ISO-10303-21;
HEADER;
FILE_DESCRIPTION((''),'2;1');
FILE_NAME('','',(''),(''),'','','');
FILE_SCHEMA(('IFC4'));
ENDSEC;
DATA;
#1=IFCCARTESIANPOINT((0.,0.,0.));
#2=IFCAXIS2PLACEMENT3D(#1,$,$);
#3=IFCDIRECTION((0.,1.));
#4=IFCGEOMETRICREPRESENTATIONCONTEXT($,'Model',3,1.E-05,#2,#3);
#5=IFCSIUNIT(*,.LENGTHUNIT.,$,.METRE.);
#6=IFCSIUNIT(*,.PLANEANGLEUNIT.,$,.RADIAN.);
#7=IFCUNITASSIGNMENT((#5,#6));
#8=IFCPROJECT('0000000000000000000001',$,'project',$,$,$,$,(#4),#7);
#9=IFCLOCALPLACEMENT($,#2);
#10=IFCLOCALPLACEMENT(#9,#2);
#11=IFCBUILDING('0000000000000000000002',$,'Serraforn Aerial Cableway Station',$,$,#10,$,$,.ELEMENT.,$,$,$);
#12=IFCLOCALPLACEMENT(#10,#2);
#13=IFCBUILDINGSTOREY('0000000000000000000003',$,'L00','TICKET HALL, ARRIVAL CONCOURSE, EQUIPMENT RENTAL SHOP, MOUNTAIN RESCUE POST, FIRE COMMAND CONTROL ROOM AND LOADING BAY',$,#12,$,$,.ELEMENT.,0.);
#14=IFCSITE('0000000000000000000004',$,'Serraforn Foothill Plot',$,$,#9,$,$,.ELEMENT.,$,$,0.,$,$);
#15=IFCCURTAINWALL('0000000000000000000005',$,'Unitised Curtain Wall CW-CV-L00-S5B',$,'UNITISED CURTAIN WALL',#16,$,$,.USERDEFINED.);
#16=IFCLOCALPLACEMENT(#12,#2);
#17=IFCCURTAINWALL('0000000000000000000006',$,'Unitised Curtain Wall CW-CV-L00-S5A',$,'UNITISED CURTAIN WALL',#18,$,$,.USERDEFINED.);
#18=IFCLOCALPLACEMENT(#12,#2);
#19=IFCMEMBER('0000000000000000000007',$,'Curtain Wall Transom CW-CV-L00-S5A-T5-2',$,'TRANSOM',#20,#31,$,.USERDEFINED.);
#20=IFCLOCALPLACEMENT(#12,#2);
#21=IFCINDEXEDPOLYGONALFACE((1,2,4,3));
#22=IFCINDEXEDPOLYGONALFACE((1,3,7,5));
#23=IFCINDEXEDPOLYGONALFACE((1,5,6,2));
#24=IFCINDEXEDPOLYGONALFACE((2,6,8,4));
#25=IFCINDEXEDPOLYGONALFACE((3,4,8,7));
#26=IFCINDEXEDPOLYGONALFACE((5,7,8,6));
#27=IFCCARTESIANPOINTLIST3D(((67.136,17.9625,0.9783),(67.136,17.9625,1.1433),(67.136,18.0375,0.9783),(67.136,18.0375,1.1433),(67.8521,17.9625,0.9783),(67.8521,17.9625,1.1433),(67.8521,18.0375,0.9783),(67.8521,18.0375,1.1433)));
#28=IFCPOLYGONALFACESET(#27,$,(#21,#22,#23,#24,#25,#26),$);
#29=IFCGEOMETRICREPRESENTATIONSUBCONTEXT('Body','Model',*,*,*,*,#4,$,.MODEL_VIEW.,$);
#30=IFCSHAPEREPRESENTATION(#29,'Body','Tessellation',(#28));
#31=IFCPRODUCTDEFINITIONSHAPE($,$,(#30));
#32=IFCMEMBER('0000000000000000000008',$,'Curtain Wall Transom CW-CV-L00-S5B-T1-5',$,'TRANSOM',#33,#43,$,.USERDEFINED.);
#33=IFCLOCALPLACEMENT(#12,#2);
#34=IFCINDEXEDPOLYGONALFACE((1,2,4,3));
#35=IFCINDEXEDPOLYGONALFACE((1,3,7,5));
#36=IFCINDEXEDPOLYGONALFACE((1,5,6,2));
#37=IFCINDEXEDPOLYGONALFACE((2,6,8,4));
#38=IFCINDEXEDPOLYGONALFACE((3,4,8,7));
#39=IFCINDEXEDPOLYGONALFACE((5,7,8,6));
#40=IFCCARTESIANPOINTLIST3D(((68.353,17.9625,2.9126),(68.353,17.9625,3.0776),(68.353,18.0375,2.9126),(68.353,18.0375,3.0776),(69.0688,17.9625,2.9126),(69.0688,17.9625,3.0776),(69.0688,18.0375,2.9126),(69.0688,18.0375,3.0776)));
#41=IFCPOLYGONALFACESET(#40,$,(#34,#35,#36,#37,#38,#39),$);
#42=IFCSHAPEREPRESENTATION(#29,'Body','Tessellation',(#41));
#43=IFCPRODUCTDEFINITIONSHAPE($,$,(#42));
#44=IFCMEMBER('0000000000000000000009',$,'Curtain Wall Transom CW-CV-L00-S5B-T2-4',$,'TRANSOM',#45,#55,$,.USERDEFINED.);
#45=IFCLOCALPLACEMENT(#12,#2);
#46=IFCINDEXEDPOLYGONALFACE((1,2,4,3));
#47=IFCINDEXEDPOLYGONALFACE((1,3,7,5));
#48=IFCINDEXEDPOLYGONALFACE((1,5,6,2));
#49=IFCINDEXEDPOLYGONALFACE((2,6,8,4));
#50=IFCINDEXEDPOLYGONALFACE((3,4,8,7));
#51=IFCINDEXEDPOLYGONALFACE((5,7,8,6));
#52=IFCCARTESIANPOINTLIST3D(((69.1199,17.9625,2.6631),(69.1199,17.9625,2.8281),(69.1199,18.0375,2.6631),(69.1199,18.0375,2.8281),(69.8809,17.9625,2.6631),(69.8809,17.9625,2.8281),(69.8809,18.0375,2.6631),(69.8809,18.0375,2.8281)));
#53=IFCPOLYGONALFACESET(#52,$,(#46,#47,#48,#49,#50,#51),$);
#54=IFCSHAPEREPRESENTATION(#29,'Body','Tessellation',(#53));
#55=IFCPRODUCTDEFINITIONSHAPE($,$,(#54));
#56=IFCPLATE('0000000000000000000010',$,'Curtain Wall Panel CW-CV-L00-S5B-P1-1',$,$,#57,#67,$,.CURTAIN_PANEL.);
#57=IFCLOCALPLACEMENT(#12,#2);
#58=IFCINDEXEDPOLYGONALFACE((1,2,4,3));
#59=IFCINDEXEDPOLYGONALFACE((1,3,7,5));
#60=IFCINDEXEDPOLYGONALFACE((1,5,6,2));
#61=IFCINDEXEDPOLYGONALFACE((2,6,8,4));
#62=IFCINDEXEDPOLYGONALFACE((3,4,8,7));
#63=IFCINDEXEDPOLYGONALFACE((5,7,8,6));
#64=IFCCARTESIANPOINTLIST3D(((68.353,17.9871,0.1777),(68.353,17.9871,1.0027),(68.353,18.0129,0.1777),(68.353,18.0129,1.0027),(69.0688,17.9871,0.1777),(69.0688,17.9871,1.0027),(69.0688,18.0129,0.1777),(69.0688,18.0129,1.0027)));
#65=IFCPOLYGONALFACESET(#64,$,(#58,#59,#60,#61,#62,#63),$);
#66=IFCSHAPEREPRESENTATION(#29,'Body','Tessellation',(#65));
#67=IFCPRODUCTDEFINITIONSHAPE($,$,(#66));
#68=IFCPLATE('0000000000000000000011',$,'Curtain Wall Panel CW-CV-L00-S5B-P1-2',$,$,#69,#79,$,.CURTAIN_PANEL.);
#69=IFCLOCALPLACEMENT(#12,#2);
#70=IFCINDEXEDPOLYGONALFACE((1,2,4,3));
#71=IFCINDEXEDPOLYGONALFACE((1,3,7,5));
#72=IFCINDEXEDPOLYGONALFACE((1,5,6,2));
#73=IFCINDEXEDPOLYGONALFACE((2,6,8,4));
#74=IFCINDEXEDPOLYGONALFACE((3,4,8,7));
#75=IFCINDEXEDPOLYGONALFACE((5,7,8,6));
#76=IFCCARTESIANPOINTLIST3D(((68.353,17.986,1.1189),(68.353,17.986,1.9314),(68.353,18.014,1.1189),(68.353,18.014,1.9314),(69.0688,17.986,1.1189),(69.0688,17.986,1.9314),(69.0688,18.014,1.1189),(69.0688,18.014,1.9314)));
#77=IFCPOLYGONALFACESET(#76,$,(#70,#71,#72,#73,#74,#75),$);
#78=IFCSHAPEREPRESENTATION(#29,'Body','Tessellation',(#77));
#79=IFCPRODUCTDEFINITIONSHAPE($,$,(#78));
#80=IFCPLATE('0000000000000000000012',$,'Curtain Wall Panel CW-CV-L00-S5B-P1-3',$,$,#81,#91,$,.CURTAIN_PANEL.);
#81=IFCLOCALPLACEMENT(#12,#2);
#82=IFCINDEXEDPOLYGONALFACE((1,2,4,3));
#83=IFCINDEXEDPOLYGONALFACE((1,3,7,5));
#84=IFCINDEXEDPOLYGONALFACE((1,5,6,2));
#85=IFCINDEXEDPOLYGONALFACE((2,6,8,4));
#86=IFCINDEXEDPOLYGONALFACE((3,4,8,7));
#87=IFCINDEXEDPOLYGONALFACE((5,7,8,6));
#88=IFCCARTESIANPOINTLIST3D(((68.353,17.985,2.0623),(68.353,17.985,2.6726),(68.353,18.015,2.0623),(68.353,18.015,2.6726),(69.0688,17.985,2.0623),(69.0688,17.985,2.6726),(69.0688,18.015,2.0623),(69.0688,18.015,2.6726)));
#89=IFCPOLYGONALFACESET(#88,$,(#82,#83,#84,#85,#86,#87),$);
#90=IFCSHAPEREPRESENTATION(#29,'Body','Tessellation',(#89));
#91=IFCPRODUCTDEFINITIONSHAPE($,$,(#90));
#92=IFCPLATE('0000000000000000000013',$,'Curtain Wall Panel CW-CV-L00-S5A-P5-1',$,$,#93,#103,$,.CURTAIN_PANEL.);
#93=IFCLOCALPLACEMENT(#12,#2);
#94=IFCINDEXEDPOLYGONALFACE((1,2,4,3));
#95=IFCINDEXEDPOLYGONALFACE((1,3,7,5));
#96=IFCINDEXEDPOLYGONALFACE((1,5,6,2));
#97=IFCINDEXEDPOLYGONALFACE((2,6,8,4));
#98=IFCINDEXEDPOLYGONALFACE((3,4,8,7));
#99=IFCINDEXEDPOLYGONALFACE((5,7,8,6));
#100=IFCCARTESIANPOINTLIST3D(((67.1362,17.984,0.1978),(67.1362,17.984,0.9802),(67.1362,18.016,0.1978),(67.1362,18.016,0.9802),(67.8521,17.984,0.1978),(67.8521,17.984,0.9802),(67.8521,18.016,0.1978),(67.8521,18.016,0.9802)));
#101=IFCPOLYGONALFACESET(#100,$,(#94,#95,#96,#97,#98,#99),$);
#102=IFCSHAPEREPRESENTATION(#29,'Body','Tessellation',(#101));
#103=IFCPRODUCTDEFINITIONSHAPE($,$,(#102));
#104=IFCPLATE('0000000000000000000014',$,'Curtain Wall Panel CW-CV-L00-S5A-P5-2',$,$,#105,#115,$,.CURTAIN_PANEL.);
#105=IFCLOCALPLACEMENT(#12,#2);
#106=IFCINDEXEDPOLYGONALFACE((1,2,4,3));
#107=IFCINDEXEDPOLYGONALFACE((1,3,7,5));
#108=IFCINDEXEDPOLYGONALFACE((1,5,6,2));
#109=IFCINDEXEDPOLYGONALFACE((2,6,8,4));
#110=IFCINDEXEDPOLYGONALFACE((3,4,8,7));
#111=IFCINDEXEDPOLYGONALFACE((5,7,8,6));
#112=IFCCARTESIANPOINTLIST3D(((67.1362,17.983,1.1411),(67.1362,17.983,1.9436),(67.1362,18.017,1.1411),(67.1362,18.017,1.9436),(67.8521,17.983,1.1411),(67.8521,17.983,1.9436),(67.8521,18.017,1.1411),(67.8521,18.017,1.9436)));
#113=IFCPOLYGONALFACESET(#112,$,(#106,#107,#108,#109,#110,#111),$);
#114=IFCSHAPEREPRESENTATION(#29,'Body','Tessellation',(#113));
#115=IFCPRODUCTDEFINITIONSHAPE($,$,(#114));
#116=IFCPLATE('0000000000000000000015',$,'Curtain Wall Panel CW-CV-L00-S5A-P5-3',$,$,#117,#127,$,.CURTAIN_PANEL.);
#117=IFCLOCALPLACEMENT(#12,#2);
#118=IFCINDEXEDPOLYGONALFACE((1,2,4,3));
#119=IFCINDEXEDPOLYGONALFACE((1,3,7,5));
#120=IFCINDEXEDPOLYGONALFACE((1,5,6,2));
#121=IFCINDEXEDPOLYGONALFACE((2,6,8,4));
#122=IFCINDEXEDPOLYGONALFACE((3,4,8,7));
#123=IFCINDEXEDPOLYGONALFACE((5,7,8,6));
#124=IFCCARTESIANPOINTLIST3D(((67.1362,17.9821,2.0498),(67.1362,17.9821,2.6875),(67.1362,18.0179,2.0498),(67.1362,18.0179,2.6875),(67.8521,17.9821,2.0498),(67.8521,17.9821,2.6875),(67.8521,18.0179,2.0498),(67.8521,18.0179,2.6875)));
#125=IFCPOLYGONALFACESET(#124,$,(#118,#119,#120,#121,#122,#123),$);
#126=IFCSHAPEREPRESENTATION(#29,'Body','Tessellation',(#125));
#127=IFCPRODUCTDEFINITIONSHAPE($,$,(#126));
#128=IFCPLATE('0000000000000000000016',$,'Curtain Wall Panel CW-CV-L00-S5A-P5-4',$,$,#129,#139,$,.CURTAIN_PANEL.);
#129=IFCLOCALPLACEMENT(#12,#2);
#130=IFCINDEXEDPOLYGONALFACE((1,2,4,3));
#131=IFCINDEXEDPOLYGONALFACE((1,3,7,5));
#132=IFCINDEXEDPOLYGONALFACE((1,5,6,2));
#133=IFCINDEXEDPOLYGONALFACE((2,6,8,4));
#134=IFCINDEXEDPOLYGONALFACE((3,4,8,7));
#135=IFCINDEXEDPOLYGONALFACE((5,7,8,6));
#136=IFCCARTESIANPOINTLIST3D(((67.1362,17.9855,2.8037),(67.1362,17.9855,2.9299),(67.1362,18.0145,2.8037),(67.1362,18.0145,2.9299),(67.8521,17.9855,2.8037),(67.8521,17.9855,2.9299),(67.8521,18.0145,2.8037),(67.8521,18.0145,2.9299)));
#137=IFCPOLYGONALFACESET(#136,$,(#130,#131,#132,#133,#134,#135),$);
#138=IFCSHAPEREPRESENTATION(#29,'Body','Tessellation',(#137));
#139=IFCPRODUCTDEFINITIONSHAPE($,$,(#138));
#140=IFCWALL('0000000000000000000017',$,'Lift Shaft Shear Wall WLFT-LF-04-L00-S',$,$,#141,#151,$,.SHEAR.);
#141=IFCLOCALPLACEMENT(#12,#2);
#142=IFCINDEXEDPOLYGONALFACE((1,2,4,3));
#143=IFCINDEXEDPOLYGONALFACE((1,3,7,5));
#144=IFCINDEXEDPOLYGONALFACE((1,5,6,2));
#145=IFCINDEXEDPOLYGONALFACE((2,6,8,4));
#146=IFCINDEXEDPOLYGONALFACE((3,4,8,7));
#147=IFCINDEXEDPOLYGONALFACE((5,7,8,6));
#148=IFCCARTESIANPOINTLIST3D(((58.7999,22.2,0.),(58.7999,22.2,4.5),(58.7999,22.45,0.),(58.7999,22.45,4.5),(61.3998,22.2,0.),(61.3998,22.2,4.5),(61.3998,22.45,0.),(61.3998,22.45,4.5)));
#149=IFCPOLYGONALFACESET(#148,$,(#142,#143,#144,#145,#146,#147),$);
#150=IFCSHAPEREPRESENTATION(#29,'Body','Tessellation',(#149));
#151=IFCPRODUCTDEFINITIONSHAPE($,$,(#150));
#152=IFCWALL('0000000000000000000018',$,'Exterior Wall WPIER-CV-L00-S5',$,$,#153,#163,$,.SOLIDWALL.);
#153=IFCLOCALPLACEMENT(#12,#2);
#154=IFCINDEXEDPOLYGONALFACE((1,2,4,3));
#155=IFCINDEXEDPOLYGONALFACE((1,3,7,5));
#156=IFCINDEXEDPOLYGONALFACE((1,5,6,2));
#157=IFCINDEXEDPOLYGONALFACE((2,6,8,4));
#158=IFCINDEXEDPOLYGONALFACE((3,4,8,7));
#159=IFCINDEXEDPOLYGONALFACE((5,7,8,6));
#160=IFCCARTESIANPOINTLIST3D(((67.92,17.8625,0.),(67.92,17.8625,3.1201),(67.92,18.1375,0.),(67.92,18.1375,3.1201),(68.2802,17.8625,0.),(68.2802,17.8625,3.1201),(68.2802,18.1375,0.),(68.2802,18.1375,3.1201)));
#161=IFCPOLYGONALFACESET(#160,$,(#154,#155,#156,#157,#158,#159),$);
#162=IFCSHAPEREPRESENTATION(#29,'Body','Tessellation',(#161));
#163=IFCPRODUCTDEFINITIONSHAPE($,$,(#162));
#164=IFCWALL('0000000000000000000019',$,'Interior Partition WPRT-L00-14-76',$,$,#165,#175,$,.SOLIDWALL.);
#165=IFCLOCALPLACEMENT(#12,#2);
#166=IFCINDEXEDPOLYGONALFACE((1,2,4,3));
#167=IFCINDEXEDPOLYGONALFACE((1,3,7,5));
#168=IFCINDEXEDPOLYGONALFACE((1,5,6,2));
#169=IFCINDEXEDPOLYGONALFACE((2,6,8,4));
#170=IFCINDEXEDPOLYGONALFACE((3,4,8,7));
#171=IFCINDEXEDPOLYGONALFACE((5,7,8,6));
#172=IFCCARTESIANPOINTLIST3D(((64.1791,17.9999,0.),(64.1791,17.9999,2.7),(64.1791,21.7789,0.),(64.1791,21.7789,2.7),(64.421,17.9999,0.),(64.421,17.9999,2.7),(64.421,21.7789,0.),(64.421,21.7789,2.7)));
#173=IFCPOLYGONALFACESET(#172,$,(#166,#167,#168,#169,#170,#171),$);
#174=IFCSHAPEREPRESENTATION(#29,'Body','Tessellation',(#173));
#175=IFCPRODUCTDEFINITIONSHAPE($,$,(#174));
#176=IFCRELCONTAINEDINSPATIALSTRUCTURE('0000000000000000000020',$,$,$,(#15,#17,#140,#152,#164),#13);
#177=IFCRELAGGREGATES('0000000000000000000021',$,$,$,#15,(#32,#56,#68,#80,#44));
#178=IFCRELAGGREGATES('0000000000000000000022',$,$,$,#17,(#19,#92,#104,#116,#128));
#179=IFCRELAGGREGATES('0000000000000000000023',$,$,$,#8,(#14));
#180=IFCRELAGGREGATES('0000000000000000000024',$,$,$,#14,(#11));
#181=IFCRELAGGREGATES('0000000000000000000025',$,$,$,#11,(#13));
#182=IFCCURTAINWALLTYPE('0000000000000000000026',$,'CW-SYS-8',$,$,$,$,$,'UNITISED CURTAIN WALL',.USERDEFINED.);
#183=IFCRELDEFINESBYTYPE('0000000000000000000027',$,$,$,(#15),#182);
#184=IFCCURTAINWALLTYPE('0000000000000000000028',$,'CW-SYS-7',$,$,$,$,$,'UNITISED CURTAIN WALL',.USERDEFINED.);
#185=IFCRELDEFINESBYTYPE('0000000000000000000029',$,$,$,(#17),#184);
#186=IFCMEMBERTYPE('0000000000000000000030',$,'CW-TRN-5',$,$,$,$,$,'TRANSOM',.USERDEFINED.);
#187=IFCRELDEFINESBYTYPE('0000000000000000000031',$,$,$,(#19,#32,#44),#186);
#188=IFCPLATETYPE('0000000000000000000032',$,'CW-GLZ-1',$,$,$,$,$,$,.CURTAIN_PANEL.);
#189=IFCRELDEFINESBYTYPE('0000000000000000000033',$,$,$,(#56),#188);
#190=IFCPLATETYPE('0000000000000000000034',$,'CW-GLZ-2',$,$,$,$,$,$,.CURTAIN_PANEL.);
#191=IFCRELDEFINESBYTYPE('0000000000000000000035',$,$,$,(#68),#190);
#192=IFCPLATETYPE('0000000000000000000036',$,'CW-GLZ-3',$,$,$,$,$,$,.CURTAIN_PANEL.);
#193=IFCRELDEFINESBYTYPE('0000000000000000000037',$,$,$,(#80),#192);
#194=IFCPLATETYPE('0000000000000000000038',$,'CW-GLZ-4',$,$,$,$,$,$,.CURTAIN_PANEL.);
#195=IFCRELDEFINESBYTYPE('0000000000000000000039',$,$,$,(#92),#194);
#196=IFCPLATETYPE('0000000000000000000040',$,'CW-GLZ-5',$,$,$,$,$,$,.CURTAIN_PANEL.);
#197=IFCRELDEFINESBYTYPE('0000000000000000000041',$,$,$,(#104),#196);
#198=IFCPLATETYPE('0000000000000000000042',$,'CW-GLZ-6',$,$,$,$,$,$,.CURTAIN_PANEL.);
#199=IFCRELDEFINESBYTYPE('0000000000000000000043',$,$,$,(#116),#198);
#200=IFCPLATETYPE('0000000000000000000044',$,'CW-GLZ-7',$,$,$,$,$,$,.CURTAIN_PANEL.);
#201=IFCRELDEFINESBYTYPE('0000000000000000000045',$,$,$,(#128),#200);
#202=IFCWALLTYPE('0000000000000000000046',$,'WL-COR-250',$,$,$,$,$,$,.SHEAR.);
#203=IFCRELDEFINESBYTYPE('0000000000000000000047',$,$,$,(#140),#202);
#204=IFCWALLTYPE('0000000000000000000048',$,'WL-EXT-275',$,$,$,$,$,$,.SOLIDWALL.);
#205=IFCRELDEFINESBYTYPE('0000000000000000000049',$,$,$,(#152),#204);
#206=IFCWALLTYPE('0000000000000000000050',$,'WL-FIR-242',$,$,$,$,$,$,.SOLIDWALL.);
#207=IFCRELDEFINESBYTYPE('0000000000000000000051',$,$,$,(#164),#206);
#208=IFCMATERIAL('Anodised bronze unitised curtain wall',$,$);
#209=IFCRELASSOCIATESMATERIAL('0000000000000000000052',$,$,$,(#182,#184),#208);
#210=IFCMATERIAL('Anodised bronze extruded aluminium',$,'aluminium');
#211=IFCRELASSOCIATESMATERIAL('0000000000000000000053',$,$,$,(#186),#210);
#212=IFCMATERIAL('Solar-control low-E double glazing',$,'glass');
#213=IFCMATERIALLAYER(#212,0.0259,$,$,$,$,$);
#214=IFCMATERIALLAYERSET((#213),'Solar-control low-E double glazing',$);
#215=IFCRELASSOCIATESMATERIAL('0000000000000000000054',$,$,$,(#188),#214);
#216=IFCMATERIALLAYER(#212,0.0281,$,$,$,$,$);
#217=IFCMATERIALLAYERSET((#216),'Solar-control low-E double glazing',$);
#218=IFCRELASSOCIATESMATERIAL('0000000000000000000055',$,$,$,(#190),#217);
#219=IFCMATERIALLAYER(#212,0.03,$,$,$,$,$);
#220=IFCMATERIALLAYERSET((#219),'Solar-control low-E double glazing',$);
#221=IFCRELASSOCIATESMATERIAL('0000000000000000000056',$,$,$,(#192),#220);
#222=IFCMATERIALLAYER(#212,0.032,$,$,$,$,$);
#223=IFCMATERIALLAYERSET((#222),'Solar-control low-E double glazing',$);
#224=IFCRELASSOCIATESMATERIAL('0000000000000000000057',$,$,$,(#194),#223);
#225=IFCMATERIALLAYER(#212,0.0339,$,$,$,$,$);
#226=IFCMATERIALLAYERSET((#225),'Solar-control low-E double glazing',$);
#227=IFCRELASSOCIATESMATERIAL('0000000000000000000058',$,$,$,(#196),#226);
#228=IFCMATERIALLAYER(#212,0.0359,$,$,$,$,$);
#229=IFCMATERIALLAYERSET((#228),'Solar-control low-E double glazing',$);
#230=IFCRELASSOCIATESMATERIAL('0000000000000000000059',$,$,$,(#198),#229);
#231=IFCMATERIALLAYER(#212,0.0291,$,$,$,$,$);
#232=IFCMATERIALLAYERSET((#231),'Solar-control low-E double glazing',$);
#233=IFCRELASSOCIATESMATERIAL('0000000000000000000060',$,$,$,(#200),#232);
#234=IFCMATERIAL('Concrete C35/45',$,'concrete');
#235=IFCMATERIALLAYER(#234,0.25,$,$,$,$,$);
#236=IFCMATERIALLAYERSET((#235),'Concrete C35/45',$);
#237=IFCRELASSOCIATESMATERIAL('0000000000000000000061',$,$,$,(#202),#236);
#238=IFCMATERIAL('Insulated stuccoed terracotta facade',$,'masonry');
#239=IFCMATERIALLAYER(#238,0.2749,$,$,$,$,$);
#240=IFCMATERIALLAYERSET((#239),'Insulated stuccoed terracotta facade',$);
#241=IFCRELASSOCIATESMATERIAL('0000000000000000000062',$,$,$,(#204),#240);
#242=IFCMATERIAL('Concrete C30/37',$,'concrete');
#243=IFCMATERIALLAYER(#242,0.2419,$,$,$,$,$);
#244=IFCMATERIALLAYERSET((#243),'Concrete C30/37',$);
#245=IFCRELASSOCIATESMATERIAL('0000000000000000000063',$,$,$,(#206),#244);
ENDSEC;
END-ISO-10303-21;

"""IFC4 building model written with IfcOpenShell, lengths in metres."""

from ifc_helpers import new_model, si_unit, direction, frame, frame_2d, origin, origin_2d, place, context, subcontext, project, spatial, rectangle, extrude, material, layer, layer_set, material_profile, profile_set, type_object, element, aggregate, save


model = new_model("IFC4")

# Units and contexts
model_context = context("Model", 3, precision=1e-05, world=origin(), true_north=direction((0.0, 1.0)))
body_context = subcontext(model_context, "Body", "Model", "MODEL_VIEW")
ifc_project = project(units=[si_unit("LENGTHUNIT", "METRE"), si_unit("PLANEANGLEUNIT", "RADIAN")], contexts=[model_context])

# Site, building, storey
site_placement = place(None, origin())
site = spatial("IfcSite", under=ifc_project, at=site_placement, Name="Serraforn Foothill Plot", CompositionType="ELEMENT", RefElevation=0.0)
building_placement = place(site_placement, origin())
building = spatial("IfcBuilding", under=site, at=building_placement, Name="Serraforn Aerial Cableway Station", CompositionType="ELEMENT")
storey_placement = place(building_placement, origin())
storey = spatial("IfcBuildingStorey", under=building, at=storey_placement, Name="L00", Description="TICKET HALL, ARRIVAL CONCOURSE, EQUIPMENT RENTAL SHOP, MOUNTAIN RESCUE POST, FIRE COMMAND CONTROL ROOM AND LOADING BAY", CompositionType="ELEMENT", Elevation=0.0)

# Curtain walls
ifc_material_1 = material(Name="Anodised bronze unitised curtain wall")
curtain_wall_type_1 = type_object("IfcCurtainWallType", Name="CW-SYS-8", ElementType="UNITISED CURTAIN WALL", PredefinedType="USERDEFINED", material=ifc_material_1)
curtain_wall_1_placement = place(storey_placement, origin())
curtain_wall_1 = element("IfcCurtainWall", 1, at=curtain_wall_1_placement, inside=storey, type_object=curtain_wall_type_1, Name="Unitised Curtain Wall CW-CV-L00-S5B", ObjectType="UNITISED CURTAIN WALL", PredefinedType="USERDEFINED")
ifc_material_2 = material(Name="Anodised bronze extruded aluminium", Category="aluminium")
curtain_wall_type_2 = type_object("IfcCurtainWallType", Name="CW-SYS-7", ElementType="UNITISED CURTAIN WALL", PredefinedType="USERDEFINED", material=ifc_material_1)
curtain_wall_2_placement = place(storey_placement, origin())
curtain_wall_2 = element("IfcCurtainWall", 2, at=curtain_wall_2_placement, inside=storey, type_object=curtain_wall_type_2, Name="Unitised Curtain Wall CW-CV-L00-S5A", ObjectType="UNITISED CURTAIN WALL", PredefinedType="USERDEFINED")

# Members
ifc_material_profile_1 = material_profile(ifc_material_2, rectangle(XDim=0.075, YDim=0.165, at=origin_2d()), Name="CW TRANSOM 75x165")
ifc_profile_set_1 = profile_set([ifc_material_profile_1], Name="Anodised bronze extruded aluminium")
member_type_1 = type_object("IfcMemberType", Name="CW-TRN-5", ElementType="TRANSOM", PredefinedType="USERDEFINED", material=ifc_profile_set_1)
member_1_placement = place(storey_placement, frame((67.136, 18.0, 1.0608), z_axis=(1.0, 0.0, 0.0), x_axis=(0.0, 1.0, 0.0)))
member_1 = element("IfcMember", 3, at=member_1_placement, type_object=member_type_1, Name="Curtain Wall Transom CW-CV-L00-S5A-T5-2", ObjectType="TRANSOM", PredefinedType="USERDEFINED", context=body_context, shape_type="SweptSolid", body=[
    extrude(rectangle(XDim=0.075, YDim=0.165, at=origin_2d()), origin(), (0.0, 0.0, 1.0), 0.7161),
])
member_2_placement = place(storey_placement, frame((68.353, 18.0, 2.9951), z_axis=(1.0, 0.0, 0.0), x_axis=(0.0, 1.0, 0.0)))
member_2 = element("IfcMember", 4, at=member_2_placement, type_object=member_type_1, Name="Curtain Wall Transom CW-CV-L00-S5B-T1-5", ObjectType="TRANSOM", PredefinedType="USERDEFINED", context=body_context, shape_type="SweptSolid", body=[
    extrude(rectangle(XDim=0.075, YDim=0.165, at=origin_2d()), origin(), (0.0, 0.0, 1.0), 0.7158),
])
member_3_placement = place(storey_placement, frame((69.1199, 18.0, 2.7456), z_axis=(1.0, 0.0, 0.0), x_axis=(0.0, 1.0, 0.0)))
member_3 = element("IfcMember", 5, at=member_3_placement, type_object=member_type_1, Name="Curtain Wall Transom CW-CV-L00-S5B-T2-4", ObjectType="TRANSOM", PredefinedType="USERDEFINED", context=body_context, shape_type="SweptSolid", body=[
    extrude(rectangle(XDim=0.075, YDim=0.165, at=origin_2d()), origin(), (0.0, 0.0, 1.0), 0.761),
])

# Plates
ifc_material_3 = material(Name="Solar-control low-E double glazing", Category="glass")
ifc_layer_1 = layer(ifc_material_3, 0.0259)
ifc_layer_set_1 = layer_set([ifc_layer_1], Name="Solar-control low-E double glazing")
plate_type_1 = type_object("IfcPlateType", Name="CW-GLZ-1", PredefinedType="CURTAIN_PANEL", material=ifc_layer_set_1)
plate_1_placement = place(storey_placement, frame((68.7109, 18.0, 0.1777), z_axis=(0.0, 0.0, 1.0), x_axis=(1.0, 0.0, 0.0)))
plate_1 = element("IfcPlate", 6, at=plate_1_placement, type_object=plate_type_1, Name="Curtain Wall Panel CW-CV-L00-S5B-P1-1", PredefinedType="CURTAIN_PANEL", context=body_context, shape_type="SweptSolid", body=[
    extrude(rectangle(XDim=0.7158, YDim=0.0259, at=origin_2d()), origin(), (0.0, 0.0, 1.0), 0.825),
])
ifc_layer_2 = layer(ifc_material_3, 0.0281)
ifc_layer_set_2 = layer_set([ifc_layer_2], Name="Solar-control low-E double glazing")
plate_type_2 = type_object("IfcPlateType", Name="CW-GLZ-2", PredefinedType="CURTAIN_PANEL", material=ifc_layer_set_2)
plate_2_placement = place(storey_placement, frame((68.7109, 18.0, 1.1189), z_axis=(0.0, 0.0, 1.0), x_axis=(1.0, 0.0, 0.0)))
plate_2 = element("IfcPlate", 7, at=plate_2_placement, type_object=plate_type_2, Name="Curtain Wall Panel CW-CV-L00-S5B-P1-2", PredefinedType="CURTAIN_PANEL", context=body_context, shape_type="SweptSolid", body=[
    extrude(rectangle(XDim=0.7158, YDim=0.0281, at=origin_2d()), origin(), (0.0, 0.0, 1.0), 0.8125),
])
ifc_layer_3 = layer(ifc_material_3, 0.03)
ifc_layer_set_3 = layer_set([ifc_layer_3], Name="Solar-control low-E double glazing")
plate_type_3 = type_object("IfcPlateType", Name="CW-GLZ-3", PredefinedType="CURTAIN_PANEL", material=ifc_layer_set_3)
plate_3_placement = place(storey_placement, frame((68.7109, 18.0, 2.0623), z_axis=(0.0, 0.0, 1.0), x_axis=(1.0, 0.0, 0.0)))
plate_3 = element("IfcPlate", 8, at=plate_3_placement, type_object=plate_type_3, Name="Curtain Wall Panel CW-CV-L00-S5B-P1-3", PredefinedType="CURTAIN_PANEL", context=body_context, shape_type="SweptSolid", body=[
    extrude(rectangle(XDim=0.7158, YDim=0.03, at=origin_2d()), origin(), (0.0, 0.0, 1.0), 0.6104),
])
aggregate(curtain_wall_1, [member_2, plate_1, plate_2, plate_3, member_3])
ifc_layer_4 = layer(ifc_material_3, 0.032)
ifc_layer_set_4 = layer_set([ifc_layer_4], Name="Solar-control low-E double glazing")
plate_type_4 = type_object("IfcPlateType", Name="CW-GLZ-4", PredefinedType="CURTAIN_PANEL", material=ifc_layer_set_4)
plate_4_placement = place(storey_placement, frame((67.4941, 18.0, 0.1978), z_axis=(0.0, 0.0, 1.0), x_axis=(1.0, 0.0, 0.0)))
plate_4 = element("IfcPlate", 9, at=plate_4_placement, type_object=plate_type_4, Name="Curtain Wall Panel CW-CV-L00-S5A-P5-1", PredefinedType="CURTAIN_PANEL", context=body_context, shape_type="SweptSolid", body=[
    extrude(rectangle(XDim=0.7158, YDim=0.032, at=origin_2d()), origin(), (0.0, 0.0, 1.0), 0.7825),
])
ifc_layer_5 = layer(ifc_material_3, 0.0339)
ifc_layer_set_5 = layer_set([ifc_layer_5], Name="Solar-control low-E double glazing")
plate_type_5 = type_object("IfcPlateType", Name="CW-GLZ-5", PredefinedType="CURTAIN_PANEL", material=ifc_layer_set_5)
plate_5_placement = place(storey_placement, frame((67.4941, 18.0, 1.1411), z_axis=(0.0, 0.0, 1.0), x_axis=(1.0, 0.0, 0.0)))
plate_5 = element("IfcPlate", 10, at=plate_5_placement, type_object=plate_type_5, Name="Curtain Wall Panel CW-CV-L00-S5A-P5-2", PredefinedType="CURTAIN_PANEL", context=body_context, shape_type="SweptSolid", body=[
    extrude(rectangle(XDim=0.7158, YDim=0.0339, at=origin_2d()), origin(), (0.0, 0.0, 1.0), 0.8025),
])
ifc_layer_6 = layer(ifc_material_3, 0.0359)
ifc_layer_set_6 = layer_set([ifc_layer_6], Name="Solar-control low-E double glazing")
plate_type_6 = type_object("IfcPlateType", Name="CW-GLZ-6", PredefinedType="CURTAIN_PANEL", material=ifc_layer_set_6)
plate_6_placement = place(storey_placement, frame((67.4941, 18.0, 2.0498), z_axis=(0.0, 0.0, 1.0), x_axis=(1.0, 0.0, 0.0)))
plate_6 = element("IfcPlate", 11, at=plate_6_placement, type_object=plate_type_6, Name="Curtain Wall Panel CW-CV-L00-S5A-P5-3", PredefinedType="CURTAIN_PANEL", context=body_context, shape_type="SweptSolid", body=[
    extrude(rectangle(XDim=0.7158, YDim=0.0359, at=origin_2d()), origin(), (0.0, 0.0, 1.0), 0.6377),
])
ifc_layer_7 = layer(ifc_material_3, 0.0291)
ifc_layer_set_7 = layer_set([ifc_layer_7], Name="Solar-control low-E double glazing")
plate_type_7 = type_object("IfcPlateType", Name="CW-GLZ-7", PredefinedType="CURTAIN_PANEL", material=ifc_layer_set_7)
plate_7_placement = place(storey_placement, frame((67.4941, 18.0, 2.8037), z_axis=(0.0, 0.0, 1.0), x_axis=(1.0, 0.0, 0.0)))
plate_7 = element("IfcPlate", 12, at=plate_7_placement, type_object=plate_type_7, Name="Curtain Wall Panel CW-CV-L00-S5A-P5-4", PredefinedType="CURTAIN_PANEL", context=body_context, shape_type="SweptSolid", body=[
    extrude(rectangle(XDim=0.7158, YDim=0.0291, at=origin_2d()), origin(), (0.0, 0.0, 1.0), 0.1262),
])
aggregate(curtain_wall_2, [member_1, plate_4, plate_5, plate_6, plate_7])

# Walls
ifc_material_4 = material(Name="Concrete C35/45", Category="concrete")
ifc_layer_8 = layer(ifc_material_4, 0.25)
ifc_layer_set_8 = layer_set([ifc_layer_8], Name="Concrete C35/45")
wall_type_1 = type_object("IfcWallType", Name="WL-COR-250", PredefinedType="SHEAR", material=ifc_layer_set_8)
wall_1_placement = place(storey_placement, frame((58.8, 22.325, 0.0), z_axis=(0.0, 0.0, 1.0), x_axis=(1.0, 0.0, 0.0)))
element("IfcWall", 13, at=wall_1_placement, inside=storey, type_object=wall_type_1, Name="Lift Shaft Shear Wall WLFT-LF-04-L00-S", PredefinedType="SHEAR", context=body_context, shape_type="SweptSolid", body=[
    extrude(rectangle(XDim=2.5999, YDim=0.25, at=frame_2d((1.2998, 0.0))), origin(), (0.0, 0.0, 1.0), 4.5),
])
ifc_material_5 = material(Name="Insulated stuccoed terracotta facade", Category="masonry")
ifc_layer_9 = layer(ifc_material_5, 0.2749)
ifc_layer_set_9 = layer_set([ifc_layer_9], Name="Insulated stuccoed terracotta facade")
wall_type_2 = type_object("IfcWallType", Name="WL-EXT-275", PredefinedType="SOLIDWALL", material=ifc_layer_set_9)
wall_2_placement = place(storey_placement, frame((67.9199, 18.0, 0.0), z_axis=(0.0, 0.0, 1.0), x_axis=(1.0, 0.0, 0.0)))
element("IfcWall", 14, at=wall_2_placement, inside=storey, type_object=wall_type_2, Name="Exterior Wall WPIER-CV-L00-S5", PredefinedType="SOLIDWALL", context=body_context, shape_type="SweptSolid", body=[
    extrude(rectangle(XDim=0.3601, YDim=0.2749, at=frame_2d((0.1802, 0.0))), origin(), (0.0, 0.0, 1.0), 3.1201),
])
ifc_material_6 = material(Name="Concrete C30/37", Category="concrete")
ifc_layer_10 = layer(ifc_material_6, 0.2419)
ifc_layer_set_10 = layer_set([ifc_layer_10], Name="Concrete C30/37")
wall_type_3 = type_object("IfcWallType", Name="WL-FIR-242", PredefinedType="SOLIDWALL", material=ifc_layer_set_10)
wall_3_placement = place(storey_placement, frame((64.3, 21.7791, 0.0), z_axis=(0.0, 0.0, 1.0), x_axis=(0.0, -1.0, 0.0)))
element("IfcWall", 15, at=wall_3_placement, inside=storey, type_object=wall_type_3, Name="Interior Partition WPRT-L00-14-76", PredefinedType="SOLIDWALL", context=body_context, shape_type="SweptSolid", body=[
    extrude(rectangle(XDim=3.7791, YDim=0.2419, at=frame_2d((1.8896, 0.0))), origin(), (0.0, 0.0, 1.0), 2.7),
])

save(model, "model.ifc")
